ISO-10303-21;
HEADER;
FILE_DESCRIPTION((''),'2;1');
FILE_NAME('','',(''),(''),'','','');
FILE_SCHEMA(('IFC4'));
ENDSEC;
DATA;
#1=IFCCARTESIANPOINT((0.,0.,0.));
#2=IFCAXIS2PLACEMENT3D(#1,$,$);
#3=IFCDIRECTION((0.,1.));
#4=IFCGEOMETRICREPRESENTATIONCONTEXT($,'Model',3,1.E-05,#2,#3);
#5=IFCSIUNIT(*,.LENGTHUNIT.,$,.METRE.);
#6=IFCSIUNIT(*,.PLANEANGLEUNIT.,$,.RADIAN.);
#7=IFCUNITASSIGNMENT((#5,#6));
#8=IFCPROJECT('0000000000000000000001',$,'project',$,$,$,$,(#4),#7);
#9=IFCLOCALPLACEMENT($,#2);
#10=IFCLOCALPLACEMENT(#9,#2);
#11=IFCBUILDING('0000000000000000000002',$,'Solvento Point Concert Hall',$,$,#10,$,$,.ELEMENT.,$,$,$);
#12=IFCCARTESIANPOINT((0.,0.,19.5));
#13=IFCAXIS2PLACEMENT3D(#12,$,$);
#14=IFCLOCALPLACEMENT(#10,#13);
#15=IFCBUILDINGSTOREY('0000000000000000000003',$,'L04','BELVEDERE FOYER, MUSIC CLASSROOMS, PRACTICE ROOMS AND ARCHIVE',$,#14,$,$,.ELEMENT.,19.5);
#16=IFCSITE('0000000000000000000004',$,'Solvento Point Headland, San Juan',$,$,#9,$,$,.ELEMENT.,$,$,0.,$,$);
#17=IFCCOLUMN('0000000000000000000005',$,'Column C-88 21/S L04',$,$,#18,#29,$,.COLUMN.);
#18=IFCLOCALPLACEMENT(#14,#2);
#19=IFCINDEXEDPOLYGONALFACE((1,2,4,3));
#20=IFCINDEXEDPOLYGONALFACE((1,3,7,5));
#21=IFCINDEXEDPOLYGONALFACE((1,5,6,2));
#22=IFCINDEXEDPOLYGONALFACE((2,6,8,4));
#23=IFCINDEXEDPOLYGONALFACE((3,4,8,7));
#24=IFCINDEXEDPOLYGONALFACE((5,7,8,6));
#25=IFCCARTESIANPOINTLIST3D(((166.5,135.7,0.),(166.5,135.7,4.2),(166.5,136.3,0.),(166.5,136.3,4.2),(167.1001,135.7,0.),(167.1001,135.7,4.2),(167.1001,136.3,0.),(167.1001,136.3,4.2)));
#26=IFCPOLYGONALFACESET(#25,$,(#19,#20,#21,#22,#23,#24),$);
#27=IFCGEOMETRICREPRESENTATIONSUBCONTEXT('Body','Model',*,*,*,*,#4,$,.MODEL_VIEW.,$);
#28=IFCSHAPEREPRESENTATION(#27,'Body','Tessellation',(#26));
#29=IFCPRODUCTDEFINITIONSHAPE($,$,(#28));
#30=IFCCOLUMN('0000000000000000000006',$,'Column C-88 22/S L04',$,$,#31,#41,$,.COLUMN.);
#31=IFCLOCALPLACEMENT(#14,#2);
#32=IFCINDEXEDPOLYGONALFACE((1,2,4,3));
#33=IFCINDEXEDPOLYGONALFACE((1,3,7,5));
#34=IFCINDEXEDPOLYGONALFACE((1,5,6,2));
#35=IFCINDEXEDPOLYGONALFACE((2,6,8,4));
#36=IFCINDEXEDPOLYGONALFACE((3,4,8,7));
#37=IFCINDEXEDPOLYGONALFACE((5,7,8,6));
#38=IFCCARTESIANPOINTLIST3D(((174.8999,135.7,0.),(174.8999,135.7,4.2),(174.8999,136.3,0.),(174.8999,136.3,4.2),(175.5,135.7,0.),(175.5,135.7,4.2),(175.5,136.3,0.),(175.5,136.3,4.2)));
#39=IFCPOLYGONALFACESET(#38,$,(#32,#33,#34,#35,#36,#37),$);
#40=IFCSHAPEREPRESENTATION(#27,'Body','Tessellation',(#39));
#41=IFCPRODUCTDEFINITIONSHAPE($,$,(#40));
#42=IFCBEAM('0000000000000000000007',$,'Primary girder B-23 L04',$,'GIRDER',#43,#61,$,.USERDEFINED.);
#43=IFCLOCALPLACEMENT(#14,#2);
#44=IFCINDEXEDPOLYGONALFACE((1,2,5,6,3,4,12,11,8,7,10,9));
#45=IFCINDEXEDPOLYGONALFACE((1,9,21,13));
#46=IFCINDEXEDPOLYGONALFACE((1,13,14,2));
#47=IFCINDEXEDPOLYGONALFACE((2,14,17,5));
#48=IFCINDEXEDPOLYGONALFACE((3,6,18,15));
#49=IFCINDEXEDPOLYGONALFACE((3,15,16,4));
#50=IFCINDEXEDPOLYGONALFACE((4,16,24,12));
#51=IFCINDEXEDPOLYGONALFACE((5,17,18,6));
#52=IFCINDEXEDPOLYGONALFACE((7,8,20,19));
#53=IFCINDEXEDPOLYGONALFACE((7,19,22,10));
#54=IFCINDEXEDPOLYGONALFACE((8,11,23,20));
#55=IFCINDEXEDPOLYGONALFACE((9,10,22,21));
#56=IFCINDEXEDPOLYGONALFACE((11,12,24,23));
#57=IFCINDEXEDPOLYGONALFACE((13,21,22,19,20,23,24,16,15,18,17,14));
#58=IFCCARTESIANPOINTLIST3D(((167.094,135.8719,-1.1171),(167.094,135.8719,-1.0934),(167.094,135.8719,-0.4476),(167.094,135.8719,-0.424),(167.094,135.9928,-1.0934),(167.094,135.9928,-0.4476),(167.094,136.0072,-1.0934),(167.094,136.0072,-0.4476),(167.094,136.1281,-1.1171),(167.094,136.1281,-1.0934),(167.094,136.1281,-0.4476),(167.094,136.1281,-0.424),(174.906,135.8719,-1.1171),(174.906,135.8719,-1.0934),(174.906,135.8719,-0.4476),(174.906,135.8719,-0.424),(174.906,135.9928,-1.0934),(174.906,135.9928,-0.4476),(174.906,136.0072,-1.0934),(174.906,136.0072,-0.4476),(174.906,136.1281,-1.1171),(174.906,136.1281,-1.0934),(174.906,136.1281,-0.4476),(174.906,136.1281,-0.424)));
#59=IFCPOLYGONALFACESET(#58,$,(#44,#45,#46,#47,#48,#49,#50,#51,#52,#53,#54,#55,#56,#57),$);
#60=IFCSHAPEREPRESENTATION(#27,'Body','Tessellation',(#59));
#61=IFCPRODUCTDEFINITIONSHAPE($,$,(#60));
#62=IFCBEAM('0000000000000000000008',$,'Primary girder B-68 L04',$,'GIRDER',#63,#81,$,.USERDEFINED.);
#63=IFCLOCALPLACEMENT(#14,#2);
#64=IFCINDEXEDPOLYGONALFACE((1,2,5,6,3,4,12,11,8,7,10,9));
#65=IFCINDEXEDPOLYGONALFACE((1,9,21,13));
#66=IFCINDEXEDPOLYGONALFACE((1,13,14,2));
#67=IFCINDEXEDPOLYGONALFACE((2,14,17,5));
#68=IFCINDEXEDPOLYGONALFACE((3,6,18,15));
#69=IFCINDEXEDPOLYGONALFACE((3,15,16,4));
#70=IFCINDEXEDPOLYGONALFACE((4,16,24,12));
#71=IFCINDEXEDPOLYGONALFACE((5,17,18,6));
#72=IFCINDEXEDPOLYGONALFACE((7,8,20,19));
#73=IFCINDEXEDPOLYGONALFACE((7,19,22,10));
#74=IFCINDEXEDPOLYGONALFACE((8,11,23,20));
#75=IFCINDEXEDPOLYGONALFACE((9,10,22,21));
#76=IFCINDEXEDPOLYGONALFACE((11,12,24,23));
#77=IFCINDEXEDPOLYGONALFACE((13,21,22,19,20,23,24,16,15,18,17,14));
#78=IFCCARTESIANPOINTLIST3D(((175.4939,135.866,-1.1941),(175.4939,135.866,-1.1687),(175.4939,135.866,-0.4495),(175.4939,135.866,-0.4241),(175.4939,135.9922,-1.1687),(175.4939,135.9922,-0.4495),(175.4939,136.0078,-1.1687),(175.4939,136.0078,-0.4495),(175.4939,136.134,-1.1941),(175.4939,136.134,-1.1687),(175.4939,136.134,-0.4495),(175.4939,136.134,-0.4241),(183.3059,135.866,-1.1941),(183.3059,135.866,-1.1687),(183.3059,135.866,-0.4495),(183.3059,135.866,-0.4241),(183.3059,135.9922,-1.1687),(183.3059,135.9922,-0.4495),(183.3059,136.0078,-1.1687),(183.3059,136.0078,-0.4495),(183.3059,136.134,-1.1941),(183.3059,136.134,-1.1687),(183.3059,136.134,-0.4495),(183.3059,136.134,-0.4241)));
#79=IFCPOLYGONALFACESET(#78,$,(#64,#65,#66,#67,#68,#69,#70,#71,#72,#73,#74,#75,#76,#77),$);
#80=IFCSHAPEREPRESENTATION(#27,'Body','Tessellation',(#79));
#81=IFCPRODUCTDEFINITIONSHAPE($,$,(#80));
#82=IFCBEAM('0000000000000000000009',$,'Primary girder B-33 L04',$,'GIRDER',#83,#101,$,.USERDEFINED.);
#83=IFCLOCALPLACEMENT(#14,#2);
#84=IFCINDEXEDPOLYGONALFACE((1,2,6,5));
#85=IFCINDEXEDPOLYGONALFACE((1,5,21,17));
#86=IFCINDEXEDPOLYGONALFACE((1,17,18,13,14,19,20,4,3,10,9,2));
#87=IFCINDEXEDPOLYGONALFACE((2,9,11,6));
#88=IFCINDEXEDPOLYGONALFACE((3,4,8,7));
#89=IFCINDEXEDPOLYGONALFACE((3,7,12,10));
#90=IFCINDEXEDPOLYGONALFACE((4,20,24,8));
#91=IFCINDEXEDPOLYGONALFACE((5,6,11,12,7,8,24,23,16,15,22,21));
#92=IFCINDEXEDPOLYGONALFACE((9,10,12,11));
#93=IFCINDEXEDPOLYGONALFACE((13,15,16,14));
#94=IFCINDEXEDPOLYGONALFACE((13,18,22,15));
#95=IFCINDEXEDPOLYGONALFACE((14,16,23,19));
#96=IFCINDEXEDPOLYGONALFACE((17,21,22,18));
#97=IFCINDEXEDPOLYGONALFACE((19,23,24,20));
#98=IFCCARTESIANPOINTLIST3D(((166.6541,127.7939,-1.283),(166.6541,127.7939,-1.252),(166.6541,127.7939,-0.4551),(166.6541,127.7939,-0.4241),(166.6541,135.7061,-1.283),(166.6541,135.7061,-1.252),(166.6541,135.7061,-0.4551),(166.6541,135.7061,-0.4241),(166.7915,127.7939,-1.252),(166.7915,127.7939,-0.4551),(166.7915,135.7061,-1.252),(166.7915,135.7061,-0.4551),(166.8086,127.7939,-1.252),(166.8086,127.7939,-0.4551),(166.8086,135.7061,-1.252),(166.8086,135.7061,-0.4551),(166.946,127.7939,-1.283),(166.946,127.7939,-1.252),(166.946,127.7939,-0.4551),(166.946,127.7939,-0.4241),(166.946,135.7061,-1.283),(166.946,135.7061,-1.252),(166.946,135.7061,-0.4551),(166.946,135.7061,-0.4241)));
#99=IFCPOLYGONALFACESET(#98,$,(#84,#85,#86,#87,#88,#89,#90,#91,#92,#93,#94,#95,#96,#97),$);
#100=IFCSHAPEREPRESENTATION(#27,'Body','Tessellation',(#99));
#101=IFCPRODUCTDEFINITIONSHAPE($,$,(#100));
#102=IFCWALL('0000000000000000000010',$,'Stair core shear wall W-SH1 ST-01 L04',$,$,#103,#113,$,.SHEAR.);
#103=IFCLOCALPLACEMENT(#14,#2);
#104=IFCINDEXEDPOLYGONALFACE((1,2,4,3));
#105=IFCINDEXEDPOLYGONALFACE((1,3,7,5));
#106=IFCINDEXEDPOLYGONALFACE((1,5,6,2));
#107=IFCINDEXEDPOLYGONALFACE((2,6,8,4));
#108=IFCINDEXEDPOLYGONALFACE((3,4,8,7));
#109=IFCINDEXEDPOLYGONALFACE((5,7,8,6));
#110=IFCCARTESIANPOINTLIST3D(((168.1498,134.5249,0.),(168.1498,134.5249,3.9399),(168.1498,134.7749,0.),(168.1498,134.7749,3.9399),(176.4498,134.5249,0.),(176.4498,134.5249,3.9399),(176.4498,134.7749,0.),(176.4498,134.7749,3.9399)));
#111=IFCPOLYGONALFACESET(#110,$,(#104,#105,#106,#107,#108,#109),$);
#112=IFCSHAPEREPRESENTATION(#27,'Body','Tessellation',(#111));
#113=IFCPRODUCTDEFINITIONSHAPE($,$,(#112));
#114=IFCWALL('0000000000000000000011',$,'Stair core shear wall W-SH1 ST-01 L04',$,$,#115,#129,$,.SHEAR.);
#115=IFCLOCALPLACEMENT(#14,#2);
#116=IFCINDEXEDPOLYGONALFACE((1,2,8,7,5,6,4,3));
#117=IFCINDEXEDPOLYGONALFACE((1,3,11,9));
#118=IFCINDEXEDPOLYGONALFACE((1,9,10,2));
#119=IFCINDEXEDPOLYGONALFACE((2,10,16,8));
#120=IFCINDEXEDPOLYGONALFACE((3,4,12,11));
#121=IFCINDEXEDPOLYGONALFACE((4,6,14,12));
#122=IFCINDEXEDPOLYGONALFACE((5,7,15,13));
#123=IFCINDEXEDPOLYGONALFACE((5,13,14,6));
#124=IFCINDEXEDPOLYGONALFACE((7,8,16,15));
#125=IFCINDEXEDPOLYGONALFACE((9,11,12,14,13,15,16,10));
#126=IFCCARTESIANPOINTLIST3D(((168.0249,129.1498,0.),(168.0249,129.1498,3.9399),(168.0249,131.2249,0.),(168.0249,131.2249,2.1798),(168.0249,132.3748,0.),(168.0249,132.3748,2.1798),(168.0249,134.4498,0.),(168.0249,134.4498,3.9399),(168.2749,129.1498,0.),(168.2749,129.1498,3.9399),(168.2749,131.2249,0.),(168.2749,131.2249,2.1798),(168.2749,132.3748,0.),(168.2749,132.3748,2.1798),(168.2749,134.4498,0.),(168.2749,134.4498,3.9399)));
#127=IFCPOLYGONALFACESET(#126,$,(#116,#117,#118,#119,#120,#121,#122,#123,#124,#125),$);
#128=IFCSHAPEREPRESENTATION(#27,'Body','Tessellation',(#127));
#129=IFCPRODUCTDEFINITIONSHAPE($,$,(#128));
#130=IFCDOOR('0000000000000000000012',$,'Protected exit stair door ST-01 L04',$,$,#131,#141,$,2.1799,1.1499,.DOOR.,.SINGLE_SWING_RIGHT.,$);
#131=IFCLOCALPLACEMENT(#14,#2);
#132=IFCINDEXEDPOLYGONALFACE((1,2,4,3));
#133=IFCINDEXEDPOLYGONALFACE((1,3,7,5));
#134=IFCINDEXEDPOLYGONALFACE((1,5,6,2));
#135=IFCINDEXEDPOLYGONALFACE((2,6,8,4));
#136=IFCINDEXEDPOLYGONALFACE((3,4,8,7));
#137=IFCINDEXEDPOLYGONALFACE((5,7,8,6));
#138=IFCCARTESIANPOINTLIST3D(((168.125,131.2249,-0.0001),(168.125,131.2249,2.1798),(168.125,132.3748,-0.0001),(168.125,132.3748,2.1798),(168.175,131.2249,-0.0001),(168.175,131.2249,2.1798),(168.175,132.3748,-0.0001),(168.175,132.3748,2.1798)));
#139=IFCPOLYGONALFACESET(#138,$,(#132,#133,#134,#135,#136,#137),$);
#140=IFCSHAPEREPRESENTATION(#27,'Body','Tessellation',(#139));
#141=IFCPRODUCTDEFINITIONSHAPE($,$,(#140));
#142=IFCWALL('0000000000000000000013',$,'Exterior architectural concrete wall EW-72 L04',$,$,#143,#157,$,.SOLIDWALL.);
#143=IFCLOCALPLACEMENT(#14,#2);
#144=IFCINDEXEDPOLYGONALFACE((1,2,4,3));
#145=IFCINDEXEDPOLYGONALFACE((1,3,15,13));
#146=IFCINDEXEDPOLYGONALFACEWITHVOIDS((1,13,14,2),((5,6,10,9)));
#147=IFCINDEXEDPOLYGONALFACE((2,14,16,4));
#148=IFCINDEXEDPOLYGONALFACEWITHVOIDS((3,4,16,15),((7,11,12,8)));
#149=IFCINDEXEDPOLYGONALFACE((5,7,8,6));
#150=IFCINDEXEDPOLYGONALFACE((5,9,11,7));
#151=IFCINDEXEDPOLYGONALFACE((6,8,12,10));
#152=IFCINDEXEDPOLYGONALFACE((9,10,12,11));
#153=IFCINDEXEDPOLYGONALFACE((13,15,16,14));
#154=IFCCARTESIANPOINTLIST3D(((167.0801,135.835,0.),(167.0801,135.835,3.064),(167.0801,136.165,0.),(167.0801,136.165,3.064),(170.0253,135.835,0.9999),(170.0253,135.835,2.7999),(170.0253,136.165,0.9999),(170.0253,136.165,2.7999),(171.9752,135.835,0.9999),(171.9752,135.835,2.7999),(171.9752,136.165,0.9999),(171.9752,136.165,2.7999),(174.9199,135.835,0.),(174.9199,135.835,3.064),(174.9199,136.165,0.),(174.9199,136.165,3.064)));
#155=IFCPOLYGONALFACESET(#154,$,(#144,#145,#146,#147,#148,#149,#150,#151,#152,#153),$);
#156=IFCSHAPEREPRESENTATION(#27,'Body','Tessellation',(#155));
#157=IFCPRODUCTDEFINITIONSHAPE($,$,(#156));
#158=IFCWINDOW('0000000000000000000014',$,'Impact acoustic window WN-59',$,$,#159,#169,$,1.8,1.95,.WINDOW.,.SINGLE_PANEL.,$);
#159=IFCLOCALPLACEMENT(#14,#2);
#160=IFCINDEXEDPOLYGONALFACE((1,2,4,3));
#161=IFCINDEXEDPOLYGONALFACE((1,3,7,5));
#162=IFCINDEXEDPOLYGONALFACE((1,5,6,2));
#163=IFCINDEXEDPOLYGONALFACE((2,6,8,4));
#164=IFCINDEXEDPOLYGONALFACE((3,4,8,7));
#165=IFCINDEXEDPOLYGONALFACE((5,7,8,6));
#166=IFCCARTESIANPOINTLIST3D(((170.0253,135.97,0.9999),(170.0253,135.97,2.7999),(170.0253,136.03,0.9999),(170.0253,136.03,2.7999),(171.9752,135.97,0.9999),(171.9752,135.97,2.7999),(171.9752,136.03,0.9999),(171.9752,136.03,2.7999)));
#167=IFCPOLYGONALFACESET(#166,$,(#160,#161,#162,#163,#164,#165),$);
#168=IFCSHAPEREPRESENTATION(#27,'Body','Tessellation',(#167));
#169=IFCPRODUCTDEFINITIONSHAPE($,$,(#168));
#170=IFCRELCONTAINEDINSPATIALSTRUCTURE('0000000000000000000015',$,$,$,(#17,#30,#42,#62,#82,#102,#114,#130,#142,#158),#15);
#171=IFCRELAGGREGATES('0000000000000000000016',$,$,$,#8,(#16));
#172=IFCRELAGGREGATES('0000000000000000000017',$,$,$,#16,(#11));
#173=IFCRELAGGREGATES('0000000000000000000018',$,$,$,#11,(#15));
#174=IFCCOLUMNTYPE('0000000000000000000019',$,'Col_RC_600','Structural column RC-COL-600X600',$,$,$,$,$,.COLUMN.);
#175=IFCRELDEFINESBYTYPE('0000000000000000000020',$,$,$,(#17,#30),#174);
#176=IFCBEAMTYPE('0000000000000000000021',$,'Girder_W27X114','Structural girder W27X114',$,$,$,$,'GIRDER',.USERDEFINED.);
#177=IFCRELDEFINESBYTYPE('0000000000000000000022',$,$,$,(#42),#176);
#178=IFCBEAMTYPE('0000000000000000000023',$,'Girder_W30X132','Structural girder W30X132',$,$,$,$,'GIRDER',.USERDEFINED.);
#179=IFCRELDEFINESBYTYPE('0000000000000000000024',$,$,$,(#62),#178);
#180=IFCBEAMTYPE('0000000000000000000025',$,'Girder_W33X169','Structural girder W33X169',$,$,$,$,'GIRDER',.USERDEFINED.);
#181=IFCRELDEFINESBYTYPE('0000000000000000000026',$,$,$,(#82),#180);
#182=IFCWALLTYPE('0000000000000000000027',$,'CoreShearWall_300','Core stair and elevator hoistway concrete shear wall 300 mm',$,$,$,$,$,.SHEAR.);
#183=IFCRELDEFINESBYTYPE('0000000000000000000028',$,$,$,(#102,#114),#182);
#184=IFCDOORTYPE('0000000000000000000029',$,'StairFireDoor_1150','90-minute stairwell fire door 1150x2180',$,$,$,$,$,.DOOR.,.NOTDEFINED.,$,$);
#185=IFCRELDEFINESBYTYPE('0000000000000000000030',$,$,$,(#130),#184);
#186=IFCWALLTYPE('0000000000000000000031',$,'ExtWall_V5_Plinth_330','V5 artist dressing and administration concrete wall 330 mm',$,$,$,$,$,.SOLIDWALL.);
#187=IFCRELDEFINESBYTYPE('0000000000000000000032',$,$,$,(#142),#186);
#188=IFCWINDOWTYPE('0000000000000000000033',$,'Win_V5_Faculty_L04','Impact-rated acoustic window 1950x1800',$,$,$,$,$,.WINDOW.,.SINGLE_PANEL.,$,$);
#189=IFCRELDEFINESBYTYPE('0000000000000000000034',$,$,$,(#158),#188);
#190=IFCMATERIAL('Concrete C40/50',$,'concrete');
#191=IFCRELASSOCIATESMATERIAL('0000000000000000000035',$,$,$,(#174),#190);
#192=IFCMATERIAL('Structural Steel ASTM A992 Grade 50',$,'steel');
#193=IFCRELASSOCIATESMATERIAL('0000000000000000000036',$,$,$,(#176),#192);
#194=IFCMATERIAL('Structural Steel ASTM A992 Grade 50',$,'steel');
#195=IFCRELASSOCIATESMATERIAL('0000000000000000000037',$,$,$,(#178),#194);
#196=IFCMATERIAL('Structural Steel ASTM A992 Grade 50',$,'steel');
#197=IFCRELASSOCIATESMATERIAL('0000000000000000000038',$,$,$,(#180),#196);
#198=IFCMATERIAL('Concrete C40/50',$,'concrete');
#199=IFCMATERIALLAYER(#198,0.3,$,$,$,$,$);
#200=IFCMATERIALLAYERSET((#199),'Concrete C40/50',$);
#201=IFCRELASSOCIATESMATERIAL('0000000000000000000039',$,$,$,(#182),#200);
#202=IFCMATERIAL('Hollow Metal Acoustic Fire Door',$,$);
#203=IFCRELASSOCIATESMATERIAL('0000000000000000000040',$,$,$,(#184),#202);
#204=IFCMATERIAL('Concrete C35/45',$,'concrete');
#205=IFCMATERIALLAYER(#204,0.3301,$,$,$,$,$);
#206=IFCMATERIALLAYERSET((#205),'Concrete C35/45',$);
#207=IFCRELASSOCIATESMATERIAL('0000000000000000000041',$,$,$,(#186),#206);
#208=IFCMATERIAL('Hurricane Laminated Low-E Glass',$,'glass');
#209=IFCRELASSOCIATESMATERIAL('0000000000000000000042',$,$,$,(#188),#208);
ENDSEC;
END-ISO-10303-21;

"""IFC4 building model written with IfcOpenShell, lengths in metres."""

from ifc_helpers import new_model, si_unit, direction, frame, frame_2d, origin, origin_2d, place, context, subcontext, project, spatial, rectangle, i_section, extrude, material, layer, layer_set, material_profile, profile_set, type_object, element, fill, save


model = new_model("IFC4")

# Units and contexts
model_context = context("Model", 3, precision=1e-05, world=origin(), true_north=direction((0.0, 1.0)))
body_context = subcontext(model_context, "Body", "Model", "MODEL_VIEW")
ifc_project = project(units=[si_unit("LENGTHUNIT", "METRE"), si_unit("PLANEANGLEUNIT", "RADIAN")], contexts=[model_context])

# Site, building, storey
site_placement = place(None, origin())
site = spatial("IfcSite", under=ifc_project, at=site_placement, Name="Solvento Point Headland, San Juan", CompositionType="ELEMENT", RefElevation=0.0)
building_placement = place(site_placement, origin())
building = spatial("IfcBuilding", under=site, at=building_placement, Name="Solvento Point Concert Hall", CompositionType="ELEMENT")
storey_placement = place(building_placement, frame((0.0, 0.0, 19.5)))
storey = spatial("IfcBuildingStorey", under=building, at=storey_placement, Name="L04", Description="BELVEDERE FOYER, MUSIC CLASSROOMS, PRACTICE ROOMS AND ARCHIVE", CompositionType="ELEMENT", Elevation=19.5)

# Columns
ifc_material_1 = material(Name="Concrete C40/50", Category="concrete")
ifc_material_profile_1 = material_profile(ifc_material_1, rectangle(XDim=0.6001, YDim=0.6001, at=origin_2d()), Name="RC-COL-600X600")
ifc_profile_set_1 = profile_set([ifc_material_profile_1], Name="Concrete C40/50")
column_type = type_object("IfcColumnType", Name="Col_RC_600", Description="Structural column RC-COL-600X600", PredefinedType="COLUMN", material=ifc_profile_set_1)
for number, where, z_axis, x_axis, name in (
    (1, (166.8, 136.0, 0.0), (0.0, 0.0, 1.0), (1.0, 0.0, 0.0), "Column C-88 21/S L04"),
    (2, (175.2, 136.0, 0.0), (0.0, 0.0, 1.0), (1.0, 0.0, 0.0), "Column C-88 22/S L04"),
):
    element("IfcColumn", number, at=place(storey_placement, frame(where, z_axis=z_axis, x_axis=x_axis)), inside=storey, type_object=column_type, Name=name, PredefinedType="COLUMN", context=body_context, shape_type="SweptSolid", body=[
        extrude(rectangle(XDim=0.6001, YDim=0.6001, at=origin_2d()), origin(), (0.0, 0.0, 1.0), 4.2),
    ])

# Beams
ifc_material_2 = material(Name="Structural Steel ASTM A992 Grade 50", Category="steel")
ifc_material_profile_2 = material_profile(ifc_material_2, i_section(OverallWidth=0.2561, OverallDepth=0.6931, WebThickness=0.0144, FlangeThickness=0.0237, at=origin_2d()), Name="W27X114")
ifc_profile_set_2 = profile_set([ifc_material_profile_2], Name="Structural Steel ASTM A992 Grade 50")
beam_type_1 = type_object("IfcBeamType", Name="Girder_W27X114", Description="Structural girder W27X114", ElementType="GIRDER", PredefinedType="USERDEFINED", material=ifc_profile_set_2)
beam_1_placement = place(storey_placement, frame((167.094, 136.0, -0.7705), z_axis=(1.0, 0.0, 0.0), x_axis=(0.0, 1.0, 0.0)))
element("IfcBeam", 3, at=beam_1_placement, inside=storey, type_object=beam_type_1, Name="Primary girder B-23 L04", ObjectType="GIRDER", PredefinedType="USERDEFINED", context=body_context, shape_type="SweptSolid", body=[
    extrude(i_section(OverallWidth=0.2561, OverallDepth=0.6931, WebThickness=0.0144, FlangeThickness=0.0237, at=origin_2d()), origin(), (0.0, 0.0, 1.0), 7.812),
])
ifc_material_3 = material(Name="Structural Steel ASTM A992 Grade 50", Category="steel")
ifc_material_profile_3 = material_profile(ifc_material_3, i_section(OverallWidth=0.2681, OverallDepth=0.77, WebThickness=0.0156, FlangeThickness=0.0254, at=origin_2d()), Name="W30X132")
ifc_profile_set_3 = profile_set([ifc_material_profile_3], Name="Structural Steel ASTM A992 Grade 50")
beam_type_2 = type_object("IfcBeamType", Name="Girder_W30X132", Description="Structural girder W30X132", ElementType="GIRDER", PredefinedType="USERDEFINED", material=ifc_profile_set_3)
beam_2_placement = place(storey_placement, frame((175.4939, 136.0, -0.8091), z_axis=(1.0, 0.0, 0.0), x_axis=(0.0, 1.0, 0.0)))
element("IfcBeam", 4, at=beam_2_placement, inside=storey, type_object=beam_type_2, Name="Primary girder B-68 L04", ObjectType="GIRDER", PredefinedType="USERDEFINED", context=body_context, shape_type="SweptSolid", body=[
    extrude(i_section(OverallWidth=0.2681, OverallDepth=0.77, WebThickness=0.0156, FlangeThickness=0.0254, at=origin_2d()), origin(), (0.0, 0.0, 1.0), 7.812),
])
ifc_material_4 = material(Name="Structural Steel ASTM A992 Grade 50", Category="steel")
ifc_material_profile_4 = material_profile(ifc_material_4, i_section(OverallWidth=0.292, OverallDepth=0.8589, WebThickness=0.0171, FlangeThickness=0.031, at=origin_2d()), Name="W33X169")
ifc_profile_set_4 = profile_set([ifc_material_profile_4], Name="Structural Steel ASTM A992 Grade 50")
beam_type_3 = type_object("IfcBeamType", Name="Girder_W33X169", Description="Structural girder W33X169", ElementType="GIRDER", PredefinedType="USERDEFINED", material=ifc_profile_set_4)
beam_3_placement = place(storey_placement, frame((166.8, 127.7939, -0.8535), z_axis=(0.0, 1.0, 0.0), x_axis=(-1.0, 0.0, 0.0)))
element("IfcBeam", 5, at=beam_3_placement, inside=storey, type_object=beam_type_3, Name="Primary girder B-33 L04", ObjectType="GIRDER", PredefinedType="USERDEFINED", context=body_context, shape_type="SweptSolid", body=[
    extrude(i_section(OverallWidth=0.292, OverallDepth=0.8589, WebThickness=0.0171, FlangeThickness=0.031, at=origin_2d()), origin(), (0.0, 0.0, 1.0), 7.9121),
])

# Wall
ifc_material_5 = material(Name="Concrete C40/50", Category="concrete")
ifc_layer_1 = layer(ifc_material_5, 0.3)
ifc_layer_set_1 = layer_set([ifc_layer_1], Name="Concrete C40/50")
wall_type_1 = type_object("IfcWallType", Name="CoreShearWall_300", Description="Core stair and elevator hoistway concrete shear wall 300 mm", PredefinedType="SHEAR", material=ifc_layer_set_1)
wall_1_placement = place(storey_placement, frame((168.1499, 134.6499, 0.0), z_axis=(0.0, 0.0, 1.0), x_axis=(1.0, 0.0, 0.0)))
element("IfcWall", 6, at=wall_1_placement, inside=storey, type_object=wall_type_1, Name="Stair core shear wall W-SH1 ST-01 L04", PredefinedType="SHEAR", context=body_context, shape_type="SweptSolid", body=[
    extrude(rectangle(XDim=8.3, YDim=0.25, at=frame_2d((4.1499, 0.0))), origin(), (0.0, 0.0, 1.0), 3.9399),
])

# Wall, opening, door
wall_2_placement = place(storey_placement, frame((168.1499, 129.1499, 0.0), z_axis=(0.0, 0.0, 1.0), x_axis=(0.0, 1.0, 0.0)))
wall_2 = element("IfcWall", 7, at=wall_2_placement, inside=storey, type_object=wall_type_1, Name="Stair core shear wall W-SH1 ST-01 L04", PredefinedType="SHEAR", context=body_context, shape_type="SweptSolid", body=[
    extrude(rectangle(XDim=5.3, YDim=0.25, at=frame_2d((2.6499, 0.0))), origin(), (0.0, 0.0, 1.0), 3.9399),
])
opening_1_placement = place(wall_2_placement, frame((2.075, 0.0, 0.0)))
opening_1 = element("IfcOpeningElement", 8, at=opening_1_placement, cuts=wall_2, PredefinedType="OPENING", context=body_context, shape_type="SweptSolid", body=[
    extrude(rectangle(XDim=1.1499, YDim=2.1799, at=frame_2d((0.575, 1.0898))), frame((0.0, 0.135, 0.0), z_axis=(0.0, -1.0, 0.0), x_axis=(1.0, 0.0, 0.0)), (0.0, 0.0, 1.0), 0.27),
])
ifc_material_6 = material(Name="Hollow Metal Acoustic Fire Door")
door_type = type_object("IfcDoorType", Name="StairFireDoor_1150", Description="90-minute stairwell fire door 1150x2180", OperationType="NOTDEFINED", PredefinedType="DOOR", material=ifc_material_6)
door_placement = place(opening_1_placement, origin())
door = element("IfcDoor", 9, at=door_placement, inside=storey, type_object=door_type, Name="Protected exit stair door ST-01 L04", OperationType="SINGLE_SWING_RIGHT", OverallHeight=2.1799, OverallWidth=1.1499, PredefinedType="DOOR", context=body_context, shape_type="SweptSolid", body=[
    extrude(rectangle(XDim=1.1499, YDim=2.1799, at=frame_2d((0.575, 1.0898))), frame((0.0, 0.0249, 0.0), z_axis=(0.0, -1.0, 0.0), x_axis=(1.0, 0.0, 0.0)), (0.0, 0.0, 1.0), 0.05),
])
fill(opening_1, door)

# Wall, opening, window
ifc_material_7 = material(Name="Concrete C35/45", Category="concrete")
ifc_layer_2 = layer(ifc_material_7, 0.3301)
ifc_layer_set_2 = layer_set([ifc_layer_2], Name="Concrete C35/45")
wall_type_2 = type_object("IfcWallType", Name="ExtWall_V5_Plinth_330", Description="V5 artist dressing and administration concrete wall 330 mm", PredefinedType="SOLIDWALL", material=ifc_layer_set_2)
wall_3_placement = place(storey_placement, frame((167.0801, 136.0, 0.0), z_axis=(0.0, 0.0, 1.0), x_axis=(1.0, 0.0, 0.0)))
wall_3 = element("IfcWall", 10, at=wall_3_placement, inside=storey, type_object=wall_type_2, Name="Exterior architectural concrete wall EW-72 L04", PredefinedType="SOLIDWALL", context=body_context, shape_type="SweptSolid", body=[
    extrude(rectangle(XDim=7.8398, YDim=0.3301, at=frame_2d((3.9199, 0.0))), origin(), (0.0, 0.0, 1.0), 3.064),
])
opening_2_placement = place(wall_3_placement, frame((2.9451, 0.0, 1.0)))
opening_2 = element("IfcOpeningElement", 11, at=opening_2_placement, cuts=wall_3, PredefinedType="OPENING", context=body_context, shape_type="SweptSolid", body=[
    extrude(rectangle(XDim=1.95, YDim=1.8, at=frame_2d((0.9751, 0.8999))), frame((0.0, 0.175, 0.0), z_axis=(0.0, -1.0, 0.0), x_axis=(1.0, 0.0, 0.0)), (0.0, 0.0, 1.0), 0.3501),
])
ifc_material_8 = material(Name="Hurricane Laminated Low-E Glass", Category="glass")
window_type = type_object("IfcWindowType", Name="Win_V5_Faculty_L04", Description="Impact-rated acoustic window 1950x1800", PartitioningType="SINGLE_PANEL", PredefinedType="WINDOW", material=ifc_material_8)
window_1_placement = place(opening_2_placement, origin())
window_1 = element("IfcWindow", 12, at=window_1_placement, inside=storey, type_object=window_type, Name="Impact acoustic window WN-59", OverallHeight=1.8, OverallWidth=1.95, PartitioningType="SINGLE_PANEL", PredefinedType="WINDOW", context=body_context, shape_type="SweptSolid", body=[
    extrude(rectangle(XDim=1.95, YDim=1.8, at=frame_2d((0.9751, 0.8999))), frame((0.0, 0.03, 0.0), z_axis=(0.0, -1.0, 0.0), x_axis=(1.0, 0.0, 0.0)), (0.0, 0.0, 1.0), 0.0601),
])
fill(opening_2, window_1)

save(model, "model.ifc")
